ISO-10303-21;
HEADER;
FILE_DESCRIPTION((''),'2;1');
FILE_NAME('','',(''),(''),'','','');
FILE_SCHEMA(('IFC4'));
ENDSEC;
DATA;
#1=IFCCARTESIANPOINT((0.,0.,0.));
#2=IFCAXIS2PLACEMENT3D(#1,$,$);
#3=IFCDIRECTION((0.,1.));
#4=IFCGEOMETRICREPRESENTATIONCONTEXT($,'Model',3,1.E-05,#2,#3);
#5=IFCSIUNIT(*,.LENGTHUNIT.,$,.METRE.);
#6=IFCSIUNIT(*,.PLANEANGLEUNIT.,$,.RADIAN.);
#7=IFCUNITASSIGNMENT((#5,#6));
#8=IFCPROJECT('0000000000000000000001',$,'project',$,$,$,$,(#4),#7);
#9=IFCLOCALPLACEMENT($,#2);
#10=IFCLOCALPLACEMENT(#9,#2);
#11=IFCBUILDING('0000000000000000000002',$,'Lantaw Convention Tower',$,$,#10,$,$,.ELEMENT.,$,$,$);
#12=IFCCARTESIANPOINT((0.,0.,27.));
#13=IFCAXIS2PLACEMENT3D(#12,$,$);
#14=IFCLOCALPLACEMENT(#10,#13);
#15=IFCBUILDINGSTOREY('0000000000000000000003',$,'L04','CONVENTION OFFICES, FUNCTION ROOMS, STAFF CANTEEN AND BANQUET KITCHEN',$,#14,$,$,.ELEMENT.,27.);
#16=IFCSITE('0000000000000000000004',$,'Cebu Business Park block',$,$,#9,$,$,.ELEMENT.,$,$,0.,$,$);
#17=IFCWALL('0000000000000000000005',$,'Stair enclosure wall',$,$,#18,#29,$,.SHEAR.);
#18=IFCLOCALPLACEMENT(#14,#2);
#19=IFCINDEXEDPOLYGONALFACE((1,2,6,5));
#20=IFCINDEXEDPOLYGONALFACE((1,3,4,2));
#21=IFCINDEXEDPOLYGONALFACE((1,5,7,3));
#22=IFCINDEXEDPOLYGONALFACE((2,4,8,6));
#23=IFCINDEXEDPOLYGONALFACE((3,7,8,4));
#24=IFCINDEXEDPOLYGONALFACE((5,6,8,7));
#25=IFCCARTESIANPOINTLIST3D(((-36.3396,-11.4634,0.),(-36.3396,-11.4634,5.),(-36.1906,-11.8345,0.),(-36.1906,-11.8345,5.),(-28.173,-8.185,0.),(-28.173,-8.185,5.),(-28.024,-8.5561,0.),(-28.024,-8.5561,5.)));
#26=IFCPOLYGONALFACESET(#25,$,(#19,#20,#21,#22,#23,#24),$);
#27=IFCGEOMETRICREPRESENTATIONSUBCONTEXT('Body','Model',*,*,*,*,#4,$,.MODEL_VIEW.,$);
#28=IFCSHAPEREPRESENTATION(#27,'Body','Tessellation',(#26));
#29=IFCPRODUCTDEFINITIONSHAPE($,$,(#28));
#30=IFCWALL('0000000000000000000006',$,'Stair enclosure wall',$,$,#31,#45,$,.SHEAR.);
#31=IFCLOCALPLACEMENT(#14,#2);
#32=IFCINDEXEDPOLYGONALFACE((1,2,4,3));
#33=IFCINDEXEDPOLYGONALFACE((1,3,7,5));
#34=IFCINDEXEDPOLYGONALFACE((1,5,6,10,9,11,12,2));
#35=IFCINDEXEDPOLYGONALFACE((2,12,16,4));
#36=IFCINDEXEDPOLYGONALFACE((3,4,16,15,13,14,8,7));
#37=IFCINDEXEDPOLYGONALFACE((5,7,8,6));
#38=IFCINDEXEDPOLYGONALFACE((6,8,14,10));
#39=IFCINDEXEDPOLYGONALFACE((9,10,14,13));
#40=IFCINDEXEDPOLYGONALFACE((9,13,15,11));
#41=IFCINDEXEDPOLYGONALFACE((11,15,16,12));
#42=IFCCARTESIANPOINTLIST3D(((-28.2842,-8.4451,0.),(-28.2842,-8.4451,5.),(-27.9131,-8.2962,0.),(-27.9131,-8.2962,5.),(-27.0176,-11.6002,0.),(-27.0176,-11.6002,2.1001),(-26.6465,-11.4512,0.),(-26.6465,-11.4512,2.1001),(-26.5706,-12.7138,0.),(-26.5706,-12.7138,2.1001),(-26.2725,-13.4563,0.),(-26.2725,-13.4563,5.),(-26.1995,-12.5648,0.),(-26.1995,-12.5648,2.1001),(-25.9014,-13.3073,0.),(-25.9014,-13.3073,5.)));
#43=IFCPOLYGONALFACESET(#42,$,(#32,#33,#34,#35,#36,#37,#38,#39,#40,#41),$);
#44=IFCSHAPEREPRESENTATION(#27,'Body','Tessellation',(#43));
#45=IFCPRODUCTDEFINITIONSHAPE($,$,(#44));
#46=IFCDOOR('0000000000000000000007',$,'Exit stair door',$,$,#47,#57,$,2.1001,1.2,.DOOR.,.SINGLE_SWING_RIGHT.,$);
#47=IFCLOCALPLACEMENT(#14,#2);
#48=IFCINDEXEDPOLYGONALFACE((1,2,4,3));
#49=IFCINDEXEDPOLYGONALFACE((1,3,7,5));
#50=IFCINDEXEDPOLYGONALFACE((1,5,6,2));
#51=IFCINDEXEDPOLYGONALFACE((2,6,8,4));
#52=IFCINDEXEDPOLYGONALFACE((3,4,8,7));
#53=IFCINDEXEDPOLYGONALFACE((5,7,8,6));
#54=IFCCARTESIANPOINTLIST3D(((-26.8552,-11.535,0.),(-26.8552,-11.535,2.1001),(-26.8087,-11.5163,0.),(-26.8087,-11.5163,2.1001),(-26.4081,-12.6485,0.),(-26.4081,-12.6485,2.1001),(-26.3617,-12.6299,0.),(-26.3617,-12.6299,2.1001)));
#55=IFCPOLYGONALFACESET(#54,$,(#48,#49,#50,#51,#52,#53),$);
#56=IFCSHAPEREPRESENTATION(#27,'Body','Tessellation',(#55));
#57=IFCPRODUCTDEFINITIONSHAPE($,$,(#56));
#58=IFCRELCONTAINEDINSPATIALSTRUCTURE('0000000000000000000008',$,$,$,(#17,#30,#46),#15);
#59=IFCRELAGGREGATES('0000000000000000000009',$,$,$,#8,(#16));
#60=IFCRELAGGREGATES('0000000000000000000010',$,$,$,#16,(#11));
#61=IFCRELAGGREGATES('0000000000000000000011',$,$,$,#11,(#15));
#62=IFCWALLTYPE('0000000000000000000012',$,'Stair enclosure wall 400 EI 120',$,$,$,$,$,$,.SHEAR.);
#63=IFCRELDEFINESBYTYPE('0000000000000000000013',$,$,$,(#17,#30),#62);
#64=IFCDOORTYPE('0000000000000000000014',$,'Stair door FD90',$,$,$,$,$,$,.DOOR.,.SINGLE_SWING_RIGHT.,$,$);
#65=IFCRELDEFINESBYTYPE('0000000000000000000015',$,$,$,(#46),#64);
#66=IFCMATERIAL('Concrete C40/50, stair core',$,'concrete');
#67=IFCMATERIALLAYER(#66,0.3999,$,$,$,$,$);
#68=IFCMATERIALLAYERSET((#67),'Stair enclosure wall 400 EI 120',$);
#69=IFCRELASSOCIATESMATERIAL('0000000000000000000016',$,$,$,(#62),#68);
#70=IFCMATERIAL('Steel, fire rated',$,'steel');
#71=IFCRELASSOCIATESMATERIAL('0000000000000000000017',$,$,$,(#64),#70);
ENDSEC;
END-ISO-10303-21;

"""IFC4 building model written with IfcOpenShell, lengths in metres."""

from ifc_helpers import new_model, si_unit, direction, frame, frame_2d, origin, place, context, subcontext, project, spatial, rectangle, extrude, material, layer, layer_set, type_object, element, fill, save


model = new_model("IFC4")

# Units and contexts
model_context = context("Model", 3, precision=1e-05, world=origin(), true_north=direction((0.0, 1.0)))
body_context = subcontext(model_context, "Body", "Model", "MODEL_VIEW")
ifc_project = project(units=[si_unit("LENGTHUNIT", "METRE"), si_unit("PLANEANGLEUNIT", "RADIAN")], contexts=[model_context])

# Site, building, storey
site_placement = place(None, origin())
site = spatial("IfcSite", under=ifc_project, at=site_placement, Name="Cebu Business Park block", CompositionType="ELEMENT", RefElevation=0.0)
building_placement = place(site_placement, origin())
building = spatial("IfcBuilding", under=site, at=building_placement, Name="Lantaw Convention Tower", CompositionType="ELEMENT")
storey_placement = place(building_placement, frame((0.0, 0.0, 27.0)))
storey = spatial("IfcBuildingStorey", under=building, at=storey_placement, Name="L04", Description="CONVENTION OFFICES, FUNCTION ROOMS, STAFF CANTEEN AND BANQUET KITCHEN", CompositionType="ELEMENT", Elevation=27.0)

# Wall
ifc_material_1 = material(Name="Concrete C40/50, stair core", Category="concrete")
ifc_layer_1 = layer(ifc_material_1, 0.3999)
ifc_layer_set_1 = layer_set([ifc_layer_1], Name="Stair enclosure wall 400 EI 120")
wall_type_1 = type_object("IfcWallType", Name="Stair enclosure wall 400 EI 120", PredefinedType="SHEAR", material=ifc_layer_set_1)
wall_1_placement = place(storey_placement, frame((-28.0986, -8.3706, 0.0), z_axis=(0.0, 0.0, 1.0), x_axis=(-0.928017, -0.372538, 0.0)))
element("IfcWall", 1, at=wall_1_placement, inside=storey, type_object=wall_type_1, Name="Stair enclosure wall", PredefinedType="SHEAR", context=body_context, shape_type="SweptSolid", body=[
    extrude(rectangle(XDim=8.8, YDim=0.3999, at=frame_2d((4.3999, 0.0))), origin(), (0.0, 0.0, 1.0), 5.0),
])

# Wall, opening, door
wall_2_placement = place(storey_placement, frame((-26.0869, -13.3818, 0.0), z_axis=(0.0, 0.0, 1.0), x_axis=(-0.372544, 0.928015, 0.0)))
wall_2 = element("IfcWall", 2, at=wall_2_placement, inside=storey, type_object=wall_type_1, Name="Stair enclosure wall", PredefinedType="SHEAR", context=body_context, shape_type="SweptSolid", body=[
    extrude(rectangle(XDim=5.3999, YDim=0.3999, at=frame_2d((2.7, 0.0))), origin(), (0.0, 0.0, 1.0), 5.0),
])
opening_1_placement = place(wall_2_placement, frame((0.8, 0.0, 0.0)))
opening_1 = element("IfcOpeningElement", 3, at=opening_1_placement, cuts=wall_2, PredefinedType="OPENING", context=body_context, shape_type="SweptSolid", body=[
    extrude(rectangle(XDim=1.2, YDim=2.1001, at=frame_2d((0.6001, 1.05))), frame((0.0, 0.21, 0.0), z_axis=(0.0, -1.0, 0.0), x_axis=(1.0, 0.0, 0.0)), (0.0, 0.0, 1.0), 0.4199),
])
ifc_material_2 = material(Name="Steel, fire rated", Category="steel")
door_type_1 = type_object("IfcDoorType", Name="Stair door FD90", OperationType="SINGLE_SWING_RIGHT", PredefinedType="DOOR", material=ifc_material_2)
door_1_placement = place(opening_1_placement, origin())
door_1 = element("IfcDoor", 4, at=door_1_placement, inside=storey, type_object=door_type_1, Name="Exit stair door", OperationType="SINGLE_SWING_RIGHT", OverallHeight=2.1001, OverallWidth=1.2, PredefinedType="DOOR", context=body_context, shape_type="SweptSolid", body=[
    extrude(rectangle(XDim=1.2, YDim=2.1001, at=frame_2d((0.6001, 1.05))), frame((0.0, 0.0249, 0.0), z_axis=(0.0, -1.0, 0.0), x_axis=(1.0, 0.0, 0.0)), (0.0, 0.0, 1.0), 0.05),
])
fill(opening_1, door_1)

save(model, "model.ifc")
